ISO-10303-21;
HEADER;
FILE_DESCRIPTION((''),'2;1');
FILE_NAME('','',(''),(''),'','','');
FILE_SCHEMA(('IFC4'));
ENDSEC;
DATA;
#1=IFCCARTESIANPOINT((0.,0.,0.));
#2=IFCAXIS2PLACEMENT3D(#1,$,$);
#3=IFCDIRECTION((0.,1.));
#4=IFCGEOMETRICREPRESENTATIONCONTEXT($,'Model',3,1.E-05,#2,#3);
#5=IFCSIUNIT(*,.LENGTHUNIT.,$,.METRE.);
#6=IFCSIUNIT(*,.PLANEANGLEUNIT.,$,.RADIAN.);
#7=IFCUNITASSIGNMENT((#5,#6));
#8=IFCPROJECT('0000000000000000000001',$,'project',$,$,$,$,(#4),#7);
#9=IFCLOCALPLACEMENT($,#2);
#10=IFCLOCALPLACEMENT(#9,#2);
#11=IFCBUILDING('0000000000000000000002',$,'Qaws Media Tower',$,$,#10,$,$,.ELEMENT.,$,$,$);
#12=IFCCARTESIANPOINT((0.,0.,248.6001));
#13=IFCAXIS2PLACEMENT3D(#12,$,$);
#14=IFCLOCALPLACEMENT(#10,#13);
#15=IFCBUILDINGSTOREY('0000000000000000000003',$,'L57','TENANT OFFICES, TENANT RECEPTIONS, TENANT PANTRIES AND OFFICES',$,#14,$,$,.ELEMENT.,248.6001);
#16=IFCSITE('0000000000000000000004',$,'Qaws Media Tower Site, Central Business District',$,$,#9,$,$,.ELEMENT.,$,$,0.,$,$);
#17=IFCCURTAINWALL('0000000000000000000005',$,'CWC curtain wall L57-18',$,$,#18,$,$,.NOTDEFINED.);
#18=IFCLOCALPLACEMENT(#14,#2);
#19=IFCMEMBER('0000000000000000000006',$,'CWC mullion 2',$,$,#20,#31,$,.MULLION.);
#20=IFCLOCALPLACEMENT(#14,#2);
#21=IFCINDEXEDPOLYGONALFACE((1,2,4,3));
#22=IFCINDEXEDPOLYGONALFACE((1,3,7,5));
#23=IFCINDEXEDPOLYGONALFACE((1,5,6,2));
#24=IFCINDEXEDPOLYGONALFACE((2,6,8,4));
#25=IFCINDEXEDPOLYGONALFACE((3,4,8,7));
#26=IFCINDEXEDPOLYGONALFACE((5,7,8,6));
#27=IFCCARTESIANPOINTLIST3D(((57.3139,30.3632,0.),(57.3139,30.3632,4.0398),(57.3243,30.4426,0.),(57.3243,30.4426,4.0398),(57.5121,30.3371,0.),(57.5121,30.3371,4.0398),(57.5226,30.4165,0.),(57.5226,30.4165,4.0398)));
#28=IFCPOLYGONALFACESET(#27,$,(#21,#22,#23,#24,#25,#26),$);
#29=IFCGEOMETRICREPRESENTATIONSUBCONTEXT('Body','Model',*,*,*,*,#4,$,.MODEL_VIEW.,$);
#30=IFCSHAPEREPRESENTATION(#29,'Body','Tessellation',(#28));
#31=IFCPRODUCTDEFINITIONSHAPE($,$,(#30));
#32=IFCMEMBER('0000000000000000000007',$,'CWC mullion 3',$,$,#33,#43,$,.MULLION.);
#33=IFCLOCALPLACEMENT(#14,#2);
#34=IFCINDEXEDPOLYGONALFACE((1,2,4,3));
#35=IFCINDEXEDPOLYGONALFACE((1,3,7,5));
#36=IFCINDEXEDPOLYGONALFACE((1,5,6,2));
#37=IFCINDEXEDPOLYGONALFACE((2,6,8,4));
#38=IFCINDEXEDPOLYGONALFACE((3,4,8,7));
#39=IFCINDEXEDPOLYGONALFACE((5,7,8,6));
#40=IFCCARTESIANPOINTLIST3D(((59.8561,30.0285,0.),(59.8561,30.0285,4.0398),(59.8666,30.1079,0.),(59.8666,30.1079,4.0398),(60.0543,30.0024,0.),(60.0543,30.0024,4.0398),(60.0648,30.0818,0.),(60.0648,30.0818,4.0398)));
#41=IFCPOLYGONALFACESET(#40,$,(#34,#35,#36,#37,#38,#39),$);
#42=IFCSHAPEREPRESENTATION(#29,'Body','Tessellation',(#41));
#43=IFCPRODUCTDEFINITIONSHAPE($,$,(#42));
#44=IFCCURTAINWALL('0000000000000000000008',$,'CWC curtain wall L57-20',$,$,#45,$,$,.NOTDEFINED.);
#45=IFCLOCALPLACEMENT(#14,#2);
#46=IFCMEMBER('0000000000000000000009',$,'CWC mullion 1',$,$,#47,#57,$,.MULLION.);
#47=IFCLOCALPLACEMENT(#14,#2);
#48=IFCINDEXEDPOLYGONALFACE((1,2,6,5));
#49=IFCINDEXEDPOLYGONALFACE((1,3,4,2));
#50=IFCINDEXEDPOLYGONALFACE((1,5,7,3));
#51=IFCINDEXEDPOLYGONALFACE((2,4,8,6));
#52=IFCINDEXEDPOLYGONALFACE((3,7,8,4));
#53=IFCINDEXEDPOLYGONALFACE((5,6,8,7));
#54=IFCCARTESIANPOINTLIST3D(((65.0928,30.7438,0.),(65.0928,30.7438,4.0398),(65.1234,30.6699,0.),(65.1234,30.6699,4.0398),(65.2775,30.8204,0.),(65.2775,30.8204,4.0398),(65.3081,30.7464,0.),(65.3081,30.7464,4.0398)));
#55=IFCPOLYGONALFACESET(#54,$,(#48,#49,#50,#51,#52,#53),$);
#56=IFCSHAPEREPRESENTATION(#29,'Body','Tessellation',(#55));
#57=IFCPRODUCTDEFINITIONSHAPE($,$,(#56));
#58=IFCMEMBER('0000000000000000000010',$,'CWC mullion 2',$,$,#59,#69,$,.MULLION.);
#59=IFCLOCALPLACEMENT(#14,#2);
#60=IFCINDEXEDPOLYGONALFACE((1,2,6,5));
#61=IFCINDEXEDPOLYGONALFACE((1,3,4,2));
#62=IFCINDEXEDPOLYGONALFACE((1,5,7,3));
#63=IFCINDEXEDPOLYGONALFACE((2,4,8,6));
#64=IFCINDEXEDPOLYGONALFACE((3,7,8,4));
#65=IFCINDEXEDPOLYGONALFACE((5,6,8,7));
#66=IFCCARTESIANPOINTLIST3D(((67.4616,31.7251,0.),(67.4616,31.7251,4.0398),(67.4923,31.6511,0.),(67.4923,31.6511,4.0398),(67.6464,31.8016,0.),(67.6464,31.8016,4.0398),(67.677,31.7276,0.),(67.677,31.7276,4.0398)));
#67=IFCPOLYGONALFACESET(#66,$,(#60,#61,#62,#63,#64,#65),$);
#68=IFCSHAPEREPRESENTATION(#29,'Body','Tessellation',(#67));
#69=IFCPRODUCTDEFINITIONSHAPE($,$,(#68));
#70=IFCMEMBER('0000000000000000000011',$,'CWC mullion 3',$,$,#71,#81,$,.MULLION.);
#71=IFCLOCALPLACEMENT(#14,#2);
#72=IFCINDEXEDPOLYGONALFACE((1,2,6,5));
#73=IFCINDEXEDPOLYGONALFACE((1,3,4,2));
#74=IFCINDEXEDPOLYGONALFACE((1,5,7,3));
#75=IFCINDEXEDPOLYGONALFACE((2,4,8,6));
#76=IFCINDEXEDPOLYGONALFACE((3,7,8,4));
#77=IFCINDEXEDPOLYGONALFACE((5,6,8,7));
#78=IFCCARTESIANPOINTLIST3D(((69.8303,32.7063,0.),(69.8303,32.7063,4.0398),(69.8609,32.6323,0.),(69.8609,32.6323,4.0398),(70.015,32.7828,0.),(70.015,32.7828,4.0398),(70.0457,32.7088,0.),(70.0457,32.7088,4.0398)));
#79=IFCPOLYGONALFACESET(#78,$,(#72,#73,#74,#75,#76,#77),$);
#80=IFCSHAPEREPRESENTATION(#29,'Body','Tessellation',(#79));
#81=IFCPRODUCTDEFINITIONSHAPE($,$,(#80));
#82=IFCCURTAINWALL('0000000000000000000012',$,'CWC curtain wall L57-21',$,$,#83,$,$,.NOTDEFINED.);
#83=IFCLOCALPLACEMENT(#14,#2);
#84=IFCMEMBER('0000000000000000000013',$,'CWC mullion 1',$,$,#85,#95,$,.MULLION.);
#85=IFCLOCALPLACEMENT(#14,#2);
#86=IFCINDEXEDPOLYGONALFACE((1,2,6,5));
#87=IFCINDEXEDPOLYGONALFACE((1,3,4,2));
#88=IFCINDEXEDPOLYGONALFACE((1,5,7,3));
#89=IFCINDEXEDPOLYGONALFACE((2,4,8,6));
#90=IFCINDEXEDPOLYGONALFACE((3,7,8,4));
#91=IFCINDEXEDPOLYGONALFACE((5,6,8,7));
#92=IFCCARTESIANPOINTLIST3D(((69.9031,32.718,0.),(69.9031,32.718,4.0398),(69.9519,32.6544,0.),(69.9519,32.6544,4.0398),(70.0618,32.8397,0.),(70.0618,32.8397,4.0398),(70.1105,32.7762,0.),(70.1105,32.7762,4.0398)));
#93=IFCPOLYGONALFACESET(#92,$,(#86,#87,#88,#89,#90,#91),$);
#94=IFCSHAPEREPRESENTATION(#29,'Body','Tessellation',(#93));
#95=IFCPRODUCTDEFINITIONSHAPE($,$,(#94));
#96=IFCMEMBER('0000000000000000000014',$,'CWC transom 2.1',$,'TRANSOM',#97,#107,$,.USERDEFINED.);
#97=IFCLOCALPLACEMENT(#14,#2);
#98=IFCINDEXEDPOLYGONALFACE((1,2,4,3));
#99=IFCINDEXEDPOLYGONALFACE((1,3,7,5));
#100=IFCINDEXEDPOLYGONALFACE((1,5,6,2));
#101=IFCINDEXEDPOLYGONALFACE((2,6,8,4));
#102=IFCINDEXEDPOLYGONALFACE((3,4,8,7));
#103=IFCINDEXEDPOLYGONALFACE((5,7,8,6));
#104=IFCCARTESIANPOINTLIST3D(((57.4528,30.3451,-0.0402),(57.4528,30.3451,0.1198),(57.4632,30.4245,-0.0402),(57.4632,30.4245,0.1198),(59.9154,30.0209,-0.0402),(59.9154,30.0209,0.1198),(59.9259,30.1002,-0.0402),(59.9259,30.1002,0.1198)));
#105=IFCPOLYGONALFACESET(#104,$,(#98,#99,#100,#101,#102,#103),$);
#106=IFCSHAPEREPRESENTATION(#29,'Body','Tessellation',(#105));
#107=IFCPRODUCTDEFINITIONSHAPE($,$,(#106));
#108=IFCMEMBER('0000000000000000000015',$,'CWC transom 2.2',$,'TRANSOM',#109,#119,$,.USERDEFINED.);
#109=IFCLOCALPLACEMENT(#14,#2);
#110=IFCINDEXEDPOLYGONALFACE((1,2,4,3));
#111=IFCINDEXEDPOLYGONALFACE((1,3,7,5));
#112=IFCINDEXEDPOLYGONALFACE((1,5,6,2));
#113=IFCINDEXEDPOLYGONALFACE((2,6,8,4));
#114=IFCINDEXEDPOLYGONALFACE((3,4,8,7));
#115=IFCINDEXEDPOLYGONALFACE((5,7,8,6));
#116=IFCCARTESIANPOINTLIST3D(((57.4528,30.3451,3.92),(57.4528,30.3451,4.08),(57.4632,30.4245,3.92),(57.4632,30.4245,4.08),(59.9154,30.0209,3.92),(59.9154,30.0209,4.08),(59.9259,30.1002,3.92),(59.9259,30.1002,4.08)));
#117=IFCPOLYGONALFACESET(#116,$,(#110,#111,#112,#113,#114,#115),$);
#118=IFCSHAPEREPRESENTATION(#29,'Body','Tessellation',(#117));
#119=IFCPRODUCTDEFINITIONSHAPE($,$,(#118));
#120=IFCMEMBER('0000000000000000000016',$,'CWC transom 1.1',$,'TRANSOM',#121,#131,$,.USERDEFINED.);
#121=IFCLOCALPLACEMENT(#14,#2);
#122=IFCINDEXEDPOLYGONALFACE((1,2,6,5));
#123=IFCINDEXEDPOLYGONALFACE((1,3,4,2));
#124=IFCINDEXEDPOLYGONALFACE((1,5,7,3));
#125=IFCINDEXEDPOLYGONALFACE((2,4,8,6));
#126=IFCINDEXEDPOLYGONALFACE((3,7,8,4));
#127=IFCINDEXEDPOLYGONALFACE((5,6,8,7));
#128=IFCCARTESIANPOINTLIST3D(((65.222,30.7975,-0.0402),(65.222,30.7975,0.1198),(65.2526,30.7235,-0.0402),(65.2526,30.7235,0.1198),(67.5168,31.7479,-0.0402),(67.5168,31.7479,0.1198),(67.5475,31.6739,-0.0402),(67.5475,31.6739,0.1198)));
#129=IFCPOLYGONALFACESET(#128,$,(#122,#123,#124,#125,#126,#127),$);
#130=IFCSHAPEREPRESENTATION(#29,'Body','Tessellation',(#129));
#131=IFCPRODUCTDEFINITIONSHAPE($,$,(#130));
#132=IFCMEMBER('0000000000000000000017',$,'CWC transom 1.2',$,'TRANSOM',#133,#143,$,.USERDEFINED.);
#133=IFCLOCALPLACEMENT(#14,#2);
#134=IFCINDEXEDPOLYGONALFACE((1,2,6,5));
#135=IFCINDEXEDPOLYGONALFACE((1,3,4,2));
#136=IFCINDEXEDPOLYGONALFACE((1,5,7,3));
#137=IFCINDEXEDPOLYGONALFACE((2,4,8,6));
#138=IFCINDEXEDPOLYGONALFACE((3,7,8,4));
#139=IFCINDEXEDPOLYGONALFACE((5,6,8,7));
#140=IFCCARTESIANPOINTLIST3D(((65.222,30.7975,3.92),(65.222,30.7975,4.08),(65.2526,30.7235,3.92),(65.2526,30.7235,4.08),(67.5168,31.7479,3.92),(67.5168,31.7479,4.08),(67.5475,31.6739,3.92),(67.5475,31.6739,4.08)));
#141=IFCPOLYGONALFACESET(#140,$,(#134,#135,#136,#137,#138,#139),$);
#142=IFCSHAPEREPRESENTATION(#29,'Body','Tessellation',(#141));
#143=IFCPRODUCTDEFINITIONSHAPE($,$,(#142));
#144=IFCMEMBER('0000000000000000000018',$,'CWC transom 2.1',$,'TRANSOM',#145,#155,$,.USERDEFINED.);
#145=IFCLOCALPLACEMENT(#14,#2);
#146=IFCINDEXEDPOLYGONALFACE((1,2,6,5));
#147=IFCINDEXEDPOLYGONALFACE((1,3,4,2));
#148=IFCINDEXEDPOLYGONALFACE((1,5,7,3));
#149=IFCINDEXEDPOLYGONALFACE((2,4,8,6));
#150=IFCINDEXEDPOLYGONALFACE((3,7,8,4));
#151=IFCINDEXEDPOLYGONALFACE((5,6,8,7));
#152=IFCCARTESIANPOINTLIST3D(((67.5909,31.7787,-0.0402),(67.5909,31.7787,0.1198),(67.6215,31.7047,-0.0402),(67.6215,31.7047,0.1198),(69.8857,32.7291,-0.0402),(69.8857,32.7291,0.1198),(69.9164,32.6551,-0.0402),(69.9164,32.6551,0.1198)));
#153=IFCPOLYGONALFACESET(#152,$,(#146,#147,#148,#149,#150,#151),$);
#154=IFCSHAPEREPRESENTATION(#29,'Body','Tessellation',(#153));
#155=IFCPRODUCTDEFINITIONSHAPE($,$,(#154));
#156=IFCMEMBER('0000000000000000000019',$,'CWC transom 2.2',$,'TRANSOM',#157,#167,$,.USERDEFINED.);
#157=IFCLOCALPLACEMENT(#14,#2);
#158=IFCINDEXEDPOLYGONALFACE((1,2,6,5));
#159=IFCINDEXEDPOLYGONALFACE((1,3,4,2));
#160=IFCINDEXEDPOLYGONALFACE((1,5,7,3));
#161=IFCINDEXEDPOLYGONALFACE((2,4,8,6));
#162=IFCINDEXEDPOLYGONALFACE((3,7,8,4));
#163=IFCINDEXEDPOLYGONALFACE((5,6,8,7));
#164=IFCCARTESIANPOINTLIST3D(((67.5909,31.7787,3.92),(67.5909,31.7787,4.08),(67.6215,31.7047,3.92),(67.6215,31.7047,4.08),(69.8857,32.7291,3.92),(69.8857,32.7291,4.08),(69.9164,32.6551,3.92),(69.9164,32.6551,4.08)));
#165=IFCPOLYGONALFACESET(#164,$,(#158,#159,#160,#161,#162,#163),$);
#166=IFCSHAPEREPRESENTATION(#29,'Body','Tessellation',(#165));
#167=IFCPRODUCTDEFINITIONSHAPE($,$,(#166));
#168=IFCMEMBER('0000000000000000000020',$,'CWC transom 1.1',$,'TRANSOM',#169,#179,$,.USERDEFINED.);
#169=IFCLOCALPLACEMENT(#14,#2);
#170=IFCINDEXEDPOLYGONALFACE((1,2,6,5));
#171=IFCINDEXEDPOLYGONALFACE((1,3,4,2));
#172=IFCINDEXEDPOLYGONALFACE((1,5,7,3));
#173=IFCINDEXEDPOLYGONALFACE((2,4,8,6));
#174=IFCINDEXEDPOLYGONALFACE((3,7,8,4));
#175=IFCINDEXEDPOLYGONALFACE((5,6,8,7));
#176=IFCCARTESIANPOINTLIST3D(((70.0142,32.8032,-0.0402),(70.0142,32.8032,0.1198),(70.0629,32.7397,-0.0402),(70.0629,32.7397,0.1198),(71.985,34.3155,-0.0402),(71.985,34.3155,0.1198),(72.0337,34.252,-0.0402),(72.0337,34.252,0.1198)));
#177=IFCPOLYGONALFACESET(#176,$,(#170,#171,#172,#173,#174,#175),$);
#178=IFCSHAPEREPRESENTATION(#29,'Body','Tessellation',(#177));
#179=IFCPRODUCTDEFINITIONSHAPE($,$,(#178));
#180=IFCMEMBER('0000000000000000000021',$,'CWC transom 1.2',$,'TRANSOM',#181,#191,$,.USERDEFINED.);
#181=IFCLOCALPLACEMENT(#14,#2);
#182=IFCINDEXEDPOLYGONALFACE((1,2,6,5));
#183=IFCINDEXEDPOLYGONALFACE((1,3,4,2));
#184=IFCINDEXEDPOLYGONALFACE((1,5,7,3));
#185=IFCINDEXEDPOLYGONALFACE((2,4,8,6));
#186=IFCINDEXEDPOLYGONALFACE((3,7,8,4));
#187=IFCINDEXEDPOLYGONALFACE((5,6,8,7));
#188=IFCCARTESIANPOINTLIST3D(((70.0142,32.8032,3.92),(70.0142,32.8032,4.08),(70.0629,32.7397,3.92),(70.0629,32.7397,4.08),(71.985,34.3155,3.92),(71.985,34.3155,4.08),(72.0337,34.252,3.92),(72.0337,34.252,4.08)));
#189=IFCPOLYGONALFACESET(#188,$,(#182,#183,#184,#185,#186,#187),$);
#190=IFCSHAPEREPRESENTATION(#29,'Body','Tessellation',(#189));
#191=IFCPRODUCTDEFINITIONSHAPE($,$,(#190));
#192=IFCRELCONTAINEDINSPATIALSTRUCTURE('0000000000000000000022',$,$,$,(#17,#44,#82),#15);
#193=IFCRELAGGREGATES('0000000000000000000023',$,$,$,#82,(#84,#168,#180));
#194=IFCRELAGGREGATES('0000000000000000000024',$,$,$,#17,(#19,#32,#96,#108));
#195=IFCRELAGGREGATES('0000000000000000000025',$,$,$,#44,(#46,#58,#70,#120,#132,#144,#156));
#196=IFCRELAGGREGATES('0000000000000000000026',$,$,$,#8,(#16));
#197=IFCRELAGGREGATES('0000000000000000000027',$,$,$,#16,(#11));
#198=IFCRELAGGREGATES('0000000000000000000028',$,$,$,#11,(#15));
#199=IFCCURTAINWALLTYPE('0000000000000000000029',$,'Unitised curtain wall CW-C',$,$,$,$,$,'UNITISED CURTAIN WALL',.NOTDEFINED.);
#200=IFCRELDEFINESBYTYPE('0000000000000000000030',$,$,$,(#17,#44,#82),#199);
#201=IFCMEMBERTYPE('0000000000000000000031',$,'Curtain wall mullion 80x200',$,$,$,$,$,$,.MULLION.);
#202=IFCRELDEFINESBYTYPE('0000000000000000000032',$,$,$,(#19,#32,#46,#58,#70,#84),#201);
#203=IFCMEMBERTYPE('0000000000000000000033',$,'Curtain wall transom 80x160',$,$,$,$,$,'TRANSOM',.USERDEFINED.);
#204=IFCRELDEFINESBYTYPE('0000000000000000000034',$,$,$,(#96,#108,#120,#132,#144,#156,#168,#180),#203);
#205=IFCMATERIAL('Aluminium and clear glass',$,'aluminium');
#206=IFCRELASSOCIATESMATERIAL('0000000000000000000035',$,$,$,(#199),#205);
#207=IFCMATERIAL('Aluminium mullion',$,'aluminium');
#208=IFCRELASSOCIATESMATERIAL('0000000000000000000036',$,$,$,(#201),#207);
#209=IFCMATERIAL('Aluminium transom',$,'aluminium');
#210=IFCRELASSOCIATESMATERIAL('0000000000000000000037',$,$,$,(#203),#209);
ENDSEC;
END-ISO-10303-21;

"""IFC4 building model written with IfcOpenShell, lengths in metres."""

from ifc_helpers import new_model, si_unit, direction, frame, origin, origin_2d, place, context, subcontext, project, spatial, rectangle, extrude, material, material_profile, profile_set, type_object, element, aggregate, save


model = new_model("IFC4")

# Units and contexts
model_context = context("Model", 3, precision=1e-05, world=origin(), true_north=direction((0.0, 1.0)))
body_context = subcontext(model_context, "Body", "Model", "MODEL_VIEW")
ifc_project = project(units=[si_unit("LENGTHUNIT", "METRE"), si_unit("PLANEANGLEUNIT", "RADIAN")], contexts=[model_context])

# Site, building, storey
site_placement = place(None, origin())
site = spatial("IfcSite", under=ifc_project, at=site_placement, Name="Qaws Media Tower Site, Central Business District", CompositionType="ELEMENT", RefElevation=0.0)
building_placement = place(site_placement, origin())
building = spatial("IfcBuilding", under=site, at=building_placement, Name="Qaws Media Tower", CompositionType="ELEMENT")
storey_placement = place(building_placement, frame((0.0, 0.0, 248.6001)))
storey = spatial("IfcBuildingStorey", under=building, at=storey_placement, Name="L57", Description="TENANT OFFICES, TENANT RECEPTIONS, TENANT PANTRIES AND OFFICES", CompositionType="ELEMENT", Elevation=248.6001)

# Curtain walls, members
ifc_material_1 = material(Name="Aluminium and clear glass", Category="aluminium")
curtain_wall_type = type_object("IfcCurtainWallType", Name="Unitised curtain wall CW-C", ElementType="UNITISED CURTAIN WALL", PredefinedType="NOTDEFINED", material=ifc_material_1)
curtain_wall_1_placement = place(storey_placement, origin())
curtain_wall_1 = element("IfcCurtainWall", 1, at=curtain_wall_1_placement, inside=storey, type_object=curtain_wall_type, Name="CWC curtain wall L57-18", PredefinedType="NOTDEFINED")
ifc_material_2 = material(Name="Aluminium mullion", Category="aluminium")
ifc_material_profile_1 = material_profile(ifc_material_2, rectangle(XDim=0.0801, YDim=0.2, at=origin_2d()), Name="80x200")
ifc_profile_set_1 = profile_set([ifc_material_profile_1], Name="Aluminium mullion")
member_type_1 = type_object("IfcMemberType", Name="Curtain wall mullion 80x200", PredefinedType="MULLION", material=ifc_profile_set_1)
member_1_placement = place(storey_placement, frame((57.4182, 30.3899, 0.0), z_axis=(0.0, 0.0, 1.0), x_axis=(0.130526, 0.991445, 0.0)))
member_1 = element("IfcMember", 2, at=member_1_placement, type_object=member_type_1, Name="CWC mullion 2", PredefinedType="MULLION", context=body_context, shape_type="SweptSolid", body=[
    extrude(rectangle(XDim=0.0801, YDim=0.2, at=origin_2d()), origin(), (0.0, 0.0, 1.0), 4.0398),
])
member_2_placement = place(storey_placement, frame((59.9604, 30.0552, 0.0), z_axis=(0.0, 0.0, 1.0), x_axis=(0.130526, 0.991445, 0.0)))
member_2 = element("IfcMember", 3, at=member_2_placement, type_object=member_type_1, Name="CWC mullion 3", PredefinedType="MULLION", context=body_context, shape_type="SweptSolid", body=[
    extrude(rectangle(XDim=0.0801, YDim=0.2, at=origin_2d()), origin(), (0.0, 0.0, 1.0), 4.0398),
])
curtain_wall_2_placement = place(storey_placement, origin())
curtain_wall_2 = element("IfcCurtainWall", 4, at=curtain_wall_2_placement, inside=storey, type_object=curtain_wall_type, Name="CWC curtain wall L57-20", PredefinedType="NOTDEFINED")
member_3_placement = place(storey_placement, frame((65.2004, 30.7451, 0.0), z_axis=(0.0, 0.0, 1.0), x_axis=(-0.382683, 0.92388, 0.0)))
member_3 = element("IfcMember", 5, at=member_3_placement, type_object=member_type_1, Name="CWC mullion 1", PredefinedType="MULLION", context=body_context, shape_type="SweptSolid", body=[
    extrude(rectangle(XDim=0.0801, YDim=0.2, at=origin_2d()), origin(), (0.0, 0.0, 1.0), 4.0398),
])
member_4_placement = place(storey_placement, frame((67.5693, 31.7263, 0.0), z_axis=(0.0, 0.0, 1.0), x_axis=(-0.382683, 0.92388, 0.0)))
member_4 = element("IfcMember", 6, at=member_4_placement, type_object=member_type_1, Name="CWC mullion 2", PredefinedType="MULLION", context=body_context, shape_type="SweptSolid", body=[
    extrude(rectangle(XDim=0.0801, YDim=0.2, at=origin_2d()), origin(), (0.0, 0.0, 1.0), 4.0398),
])
member_5_placement = place(storey_placement, frame((69.938, 32.7075, 0.0), z_axis=(0.0, 0.0, 1.0), x_axis=(-0.382683, 0.92388, 0.0)))
member_5 = element("IfcMember", 7, at=member_5_placement, type_object=member_type_1, Name="CWC mullion 3", PredefinedType="MULLION", context=body_context, shape_type="SweptSolid", body=[
    extrude(rectangle(XDim=0.0801, YDim=0.2, at=origin_2d()), origin(), (0.0, 0.0, 1.0), 4.0398),
])

# Curtain wall, member
curtain_wall_3_placement = place(storey_placement, origin())
curtain_wall_3 = element("IfcCurtainWall", 8, at=curtain_wall_3_placement, inside=storey, type_object=curtain_wall_type, Name="CWC curtain wall L57-21", PredefinedType="NOTDEFINED")
member_6_placement = place(storey_placement, frame((70.0068, 32.7471, 0.0), z_axis=(0.0, 0.0, 1.0), x_axis=(-0.608762, 0.793353, 0.0)))
member_6 = element("IfcMember", 9, at=member_6_placement, type_object=member_type_1, Name="CWC mullion 1", PredefinedType="MULLION", context=body_context, shape_type="SweptSolid", body=[
    extrude(rectangle(XDim=0.0801, YDim=0.2, at=origin_2d()), origin(), (0.0, 0.0, 1.0), 4.0398),
])

# Members
ifc_material_3 = material(Name="Aluminium transom", Category="aluminium")
ifc_material_profile_2 = material_profile(ifc_material_3, rectangle(XDim=0.0801, YDim=0.1599, at=origin_2d()), Name="80x160")
ifc_profile_set_2 = profile_set([ifc_material_profile_2], Name="Aluminium transom")
member_type_2 = type_object("IfcMemberType", Name="Curtain wall transom 80x160", ElementType="TRANSOM", PredefinedType="USERDEFINED", material=ifc_profile_set_2)
member_7_placement = place(storey_placement, frame((57.458, 30.3848, 0.0398), z_axis=(0.991445, -0.130528, 0.0), x_axis=(0.130528, 0.991445, 0.0)))
member_7 = element("IfcMember", 10, at=member_7_placement, type_object=member_type_2, Name="CWC transom 2.1", ObjectType="TRANSOM", PredefinedType="USERDEFINED", context=body_context, shape_type="SweptSolid", body=[
    extrude(rectangle(XDim=0.0801, YDim=0.1599, at=origin_2d()), origin(), (0.0, 0.0, 1.0), 2.4839),
])
member_8_placement = place(storey_placement, frame((57.458, 30.3848, 4.0), z_axis=(0.991445, -0.130528, 0.0), x_axis=(0.130528, 0.991445, 0.0)))
member_8 = element("IfcMember", 11, at=member_8_placement, type_object=member_type_2, Name="CWC transom 2.2", ObjectType="TRANSOM", PredefinedType="USERDEFINED", context=body_context, shape_type="SweptSolid", body=[
    extrude(rectangle(XDim=0.0801, YDim=0.1599, at=origin_2d()), origin(), (0.0, 0.0, 1.0), 2.4839),
])
member_9_placement = place(storey_placement, frame((65.2373, 30.7605, 0.0398), z_axis=(0.923901, 0.382632, 0.0), x_axis=(-0.382632, 0.923901, 0.0)))
member_9 = element("IfcMember", 12, at=member_9_placement, type_object=member_type_2, Name="CWC transom 1.1", ObjectType="TRANSOM", PredefinedType="USERDEFINED", context=body_context, shape_type="SweptSolid", body=[
    extrude(rectangle(XDim=0.0801, YDim=0.1599, at=origin_2d()), origin(), (0.0, 0.0, 1.0), 2.4839),
])
member_10_placement = place(storey_placement, frame((65.2373, 30.7605, 4.0), z_axis=(0.923901, 0.382632, 0.0), x_axis=(-0.382632, 0.923901, 0.0)))
member_10 = element("IfcMember", 13, at=member_10_placement, type_object=member_type_2, Name="CWC transom 1.2", ObjectType="TRANSOM", PredefinedType="USERDEFINED", context=body_context, shape_type="SweptSolid", body=[
    extrude(rectangle(XDim=0.0801, YDim=0.1599, at=origin_2d()), origin(), (0.0, 0.0, 1.0), 2.4839),
])
member_11_placement = place(storey_placement, frame((67.6062, 31.7417, 0.0398), z_axis=(0.923901, 0.382632, 0.0), x_axis=(-0.382632, 0.923901, 0.0)))
member_11 = element("IfcMember", 14, at=member_11_placement, type_object=member_type_2, Name="CWC transom 2.1", ObjectType="TRANSOM", PredefinedType="USERDEFINED", context=body_context, shape_type="SweptSolid", body=[
    extrude(rectangle(XDim=0.0801, YDim=0.1599, at=origin_2d()), origin(), (0.0, 0.0, 1.0), 2.4839),
])
member_12_placement = place(storey_placement, frame((67.6062, 31.7417, 4.0), z_axis=(0.923901, 0.382632, 0.0), x_axis=(-0.382632, 0.923901, 0.0)))
member_12 = element("IfcMember", 15, at=member_12_placement, type_object=member_type_2, Name="CWC transom 2.2", ObjectType="TRANSOM", PredefinedType="USERDEFINED", context=body_context, shape_type="SweptSolid", body=[
    extrude(rectangle(XDim=0.0801, YDim=0.1599, at=origin_2d()), origin(), (0.0, 0.0, 1.0), 2.4839),
])
member_13_placement = place(storey_placement, frame((70.0386, 32.7715, 0.0398), z_axis=(0.793347, 0.60877, 0.0), x_axis=(-0.60877, 0.793347, 0.0)))
member_13 = element("IfcMember", 16, at=member_13_placement, type_object=member_type_2, Name="CWC transom 1.1", ObjectType="TRANSOM", PredefinedType="USERDEFINED", context=body_context, shape_type="SweptSolid", body=[
    extrude(rectangle(XDim=0.0801, YDim=0.1599, at=origin_2d()), origin(), (0.0, 0.0, 1.0), 2.4841),
])
member_14_placement = place(storey_placement, frame((70.0386, 32.7715, 4.0), z_axis=(0.793347, 0.60877, 0.0), x_axis=(-0.60877, 0.793347, 0.0)))
member_14 = element("IfcMember", 17, at=member_14_placement, type_object=member_type_2, Name="CWC transom 1.2", ObjectType="TRANSOM", PredefinedType="USERDEFINED", context=body_context, shape_type="SweptSolid", body=[
    extrude(rectangle(XDim=0.0801, YDim=0.1599, at=origin_2d()), origin(), (0.0, 0.0, 1.0), 2.4841),
])
aggregate(curtain_wall_3, [member_6, member_13, member_14])

aggregate(curtain_wall_1, [member_1, member_2, member_7, member_8])
aggregate(curtain_wall_2, [member_3, member_4, member_5, member_9, member_10, member_11, member_12])

save(model, "model.ifc")
